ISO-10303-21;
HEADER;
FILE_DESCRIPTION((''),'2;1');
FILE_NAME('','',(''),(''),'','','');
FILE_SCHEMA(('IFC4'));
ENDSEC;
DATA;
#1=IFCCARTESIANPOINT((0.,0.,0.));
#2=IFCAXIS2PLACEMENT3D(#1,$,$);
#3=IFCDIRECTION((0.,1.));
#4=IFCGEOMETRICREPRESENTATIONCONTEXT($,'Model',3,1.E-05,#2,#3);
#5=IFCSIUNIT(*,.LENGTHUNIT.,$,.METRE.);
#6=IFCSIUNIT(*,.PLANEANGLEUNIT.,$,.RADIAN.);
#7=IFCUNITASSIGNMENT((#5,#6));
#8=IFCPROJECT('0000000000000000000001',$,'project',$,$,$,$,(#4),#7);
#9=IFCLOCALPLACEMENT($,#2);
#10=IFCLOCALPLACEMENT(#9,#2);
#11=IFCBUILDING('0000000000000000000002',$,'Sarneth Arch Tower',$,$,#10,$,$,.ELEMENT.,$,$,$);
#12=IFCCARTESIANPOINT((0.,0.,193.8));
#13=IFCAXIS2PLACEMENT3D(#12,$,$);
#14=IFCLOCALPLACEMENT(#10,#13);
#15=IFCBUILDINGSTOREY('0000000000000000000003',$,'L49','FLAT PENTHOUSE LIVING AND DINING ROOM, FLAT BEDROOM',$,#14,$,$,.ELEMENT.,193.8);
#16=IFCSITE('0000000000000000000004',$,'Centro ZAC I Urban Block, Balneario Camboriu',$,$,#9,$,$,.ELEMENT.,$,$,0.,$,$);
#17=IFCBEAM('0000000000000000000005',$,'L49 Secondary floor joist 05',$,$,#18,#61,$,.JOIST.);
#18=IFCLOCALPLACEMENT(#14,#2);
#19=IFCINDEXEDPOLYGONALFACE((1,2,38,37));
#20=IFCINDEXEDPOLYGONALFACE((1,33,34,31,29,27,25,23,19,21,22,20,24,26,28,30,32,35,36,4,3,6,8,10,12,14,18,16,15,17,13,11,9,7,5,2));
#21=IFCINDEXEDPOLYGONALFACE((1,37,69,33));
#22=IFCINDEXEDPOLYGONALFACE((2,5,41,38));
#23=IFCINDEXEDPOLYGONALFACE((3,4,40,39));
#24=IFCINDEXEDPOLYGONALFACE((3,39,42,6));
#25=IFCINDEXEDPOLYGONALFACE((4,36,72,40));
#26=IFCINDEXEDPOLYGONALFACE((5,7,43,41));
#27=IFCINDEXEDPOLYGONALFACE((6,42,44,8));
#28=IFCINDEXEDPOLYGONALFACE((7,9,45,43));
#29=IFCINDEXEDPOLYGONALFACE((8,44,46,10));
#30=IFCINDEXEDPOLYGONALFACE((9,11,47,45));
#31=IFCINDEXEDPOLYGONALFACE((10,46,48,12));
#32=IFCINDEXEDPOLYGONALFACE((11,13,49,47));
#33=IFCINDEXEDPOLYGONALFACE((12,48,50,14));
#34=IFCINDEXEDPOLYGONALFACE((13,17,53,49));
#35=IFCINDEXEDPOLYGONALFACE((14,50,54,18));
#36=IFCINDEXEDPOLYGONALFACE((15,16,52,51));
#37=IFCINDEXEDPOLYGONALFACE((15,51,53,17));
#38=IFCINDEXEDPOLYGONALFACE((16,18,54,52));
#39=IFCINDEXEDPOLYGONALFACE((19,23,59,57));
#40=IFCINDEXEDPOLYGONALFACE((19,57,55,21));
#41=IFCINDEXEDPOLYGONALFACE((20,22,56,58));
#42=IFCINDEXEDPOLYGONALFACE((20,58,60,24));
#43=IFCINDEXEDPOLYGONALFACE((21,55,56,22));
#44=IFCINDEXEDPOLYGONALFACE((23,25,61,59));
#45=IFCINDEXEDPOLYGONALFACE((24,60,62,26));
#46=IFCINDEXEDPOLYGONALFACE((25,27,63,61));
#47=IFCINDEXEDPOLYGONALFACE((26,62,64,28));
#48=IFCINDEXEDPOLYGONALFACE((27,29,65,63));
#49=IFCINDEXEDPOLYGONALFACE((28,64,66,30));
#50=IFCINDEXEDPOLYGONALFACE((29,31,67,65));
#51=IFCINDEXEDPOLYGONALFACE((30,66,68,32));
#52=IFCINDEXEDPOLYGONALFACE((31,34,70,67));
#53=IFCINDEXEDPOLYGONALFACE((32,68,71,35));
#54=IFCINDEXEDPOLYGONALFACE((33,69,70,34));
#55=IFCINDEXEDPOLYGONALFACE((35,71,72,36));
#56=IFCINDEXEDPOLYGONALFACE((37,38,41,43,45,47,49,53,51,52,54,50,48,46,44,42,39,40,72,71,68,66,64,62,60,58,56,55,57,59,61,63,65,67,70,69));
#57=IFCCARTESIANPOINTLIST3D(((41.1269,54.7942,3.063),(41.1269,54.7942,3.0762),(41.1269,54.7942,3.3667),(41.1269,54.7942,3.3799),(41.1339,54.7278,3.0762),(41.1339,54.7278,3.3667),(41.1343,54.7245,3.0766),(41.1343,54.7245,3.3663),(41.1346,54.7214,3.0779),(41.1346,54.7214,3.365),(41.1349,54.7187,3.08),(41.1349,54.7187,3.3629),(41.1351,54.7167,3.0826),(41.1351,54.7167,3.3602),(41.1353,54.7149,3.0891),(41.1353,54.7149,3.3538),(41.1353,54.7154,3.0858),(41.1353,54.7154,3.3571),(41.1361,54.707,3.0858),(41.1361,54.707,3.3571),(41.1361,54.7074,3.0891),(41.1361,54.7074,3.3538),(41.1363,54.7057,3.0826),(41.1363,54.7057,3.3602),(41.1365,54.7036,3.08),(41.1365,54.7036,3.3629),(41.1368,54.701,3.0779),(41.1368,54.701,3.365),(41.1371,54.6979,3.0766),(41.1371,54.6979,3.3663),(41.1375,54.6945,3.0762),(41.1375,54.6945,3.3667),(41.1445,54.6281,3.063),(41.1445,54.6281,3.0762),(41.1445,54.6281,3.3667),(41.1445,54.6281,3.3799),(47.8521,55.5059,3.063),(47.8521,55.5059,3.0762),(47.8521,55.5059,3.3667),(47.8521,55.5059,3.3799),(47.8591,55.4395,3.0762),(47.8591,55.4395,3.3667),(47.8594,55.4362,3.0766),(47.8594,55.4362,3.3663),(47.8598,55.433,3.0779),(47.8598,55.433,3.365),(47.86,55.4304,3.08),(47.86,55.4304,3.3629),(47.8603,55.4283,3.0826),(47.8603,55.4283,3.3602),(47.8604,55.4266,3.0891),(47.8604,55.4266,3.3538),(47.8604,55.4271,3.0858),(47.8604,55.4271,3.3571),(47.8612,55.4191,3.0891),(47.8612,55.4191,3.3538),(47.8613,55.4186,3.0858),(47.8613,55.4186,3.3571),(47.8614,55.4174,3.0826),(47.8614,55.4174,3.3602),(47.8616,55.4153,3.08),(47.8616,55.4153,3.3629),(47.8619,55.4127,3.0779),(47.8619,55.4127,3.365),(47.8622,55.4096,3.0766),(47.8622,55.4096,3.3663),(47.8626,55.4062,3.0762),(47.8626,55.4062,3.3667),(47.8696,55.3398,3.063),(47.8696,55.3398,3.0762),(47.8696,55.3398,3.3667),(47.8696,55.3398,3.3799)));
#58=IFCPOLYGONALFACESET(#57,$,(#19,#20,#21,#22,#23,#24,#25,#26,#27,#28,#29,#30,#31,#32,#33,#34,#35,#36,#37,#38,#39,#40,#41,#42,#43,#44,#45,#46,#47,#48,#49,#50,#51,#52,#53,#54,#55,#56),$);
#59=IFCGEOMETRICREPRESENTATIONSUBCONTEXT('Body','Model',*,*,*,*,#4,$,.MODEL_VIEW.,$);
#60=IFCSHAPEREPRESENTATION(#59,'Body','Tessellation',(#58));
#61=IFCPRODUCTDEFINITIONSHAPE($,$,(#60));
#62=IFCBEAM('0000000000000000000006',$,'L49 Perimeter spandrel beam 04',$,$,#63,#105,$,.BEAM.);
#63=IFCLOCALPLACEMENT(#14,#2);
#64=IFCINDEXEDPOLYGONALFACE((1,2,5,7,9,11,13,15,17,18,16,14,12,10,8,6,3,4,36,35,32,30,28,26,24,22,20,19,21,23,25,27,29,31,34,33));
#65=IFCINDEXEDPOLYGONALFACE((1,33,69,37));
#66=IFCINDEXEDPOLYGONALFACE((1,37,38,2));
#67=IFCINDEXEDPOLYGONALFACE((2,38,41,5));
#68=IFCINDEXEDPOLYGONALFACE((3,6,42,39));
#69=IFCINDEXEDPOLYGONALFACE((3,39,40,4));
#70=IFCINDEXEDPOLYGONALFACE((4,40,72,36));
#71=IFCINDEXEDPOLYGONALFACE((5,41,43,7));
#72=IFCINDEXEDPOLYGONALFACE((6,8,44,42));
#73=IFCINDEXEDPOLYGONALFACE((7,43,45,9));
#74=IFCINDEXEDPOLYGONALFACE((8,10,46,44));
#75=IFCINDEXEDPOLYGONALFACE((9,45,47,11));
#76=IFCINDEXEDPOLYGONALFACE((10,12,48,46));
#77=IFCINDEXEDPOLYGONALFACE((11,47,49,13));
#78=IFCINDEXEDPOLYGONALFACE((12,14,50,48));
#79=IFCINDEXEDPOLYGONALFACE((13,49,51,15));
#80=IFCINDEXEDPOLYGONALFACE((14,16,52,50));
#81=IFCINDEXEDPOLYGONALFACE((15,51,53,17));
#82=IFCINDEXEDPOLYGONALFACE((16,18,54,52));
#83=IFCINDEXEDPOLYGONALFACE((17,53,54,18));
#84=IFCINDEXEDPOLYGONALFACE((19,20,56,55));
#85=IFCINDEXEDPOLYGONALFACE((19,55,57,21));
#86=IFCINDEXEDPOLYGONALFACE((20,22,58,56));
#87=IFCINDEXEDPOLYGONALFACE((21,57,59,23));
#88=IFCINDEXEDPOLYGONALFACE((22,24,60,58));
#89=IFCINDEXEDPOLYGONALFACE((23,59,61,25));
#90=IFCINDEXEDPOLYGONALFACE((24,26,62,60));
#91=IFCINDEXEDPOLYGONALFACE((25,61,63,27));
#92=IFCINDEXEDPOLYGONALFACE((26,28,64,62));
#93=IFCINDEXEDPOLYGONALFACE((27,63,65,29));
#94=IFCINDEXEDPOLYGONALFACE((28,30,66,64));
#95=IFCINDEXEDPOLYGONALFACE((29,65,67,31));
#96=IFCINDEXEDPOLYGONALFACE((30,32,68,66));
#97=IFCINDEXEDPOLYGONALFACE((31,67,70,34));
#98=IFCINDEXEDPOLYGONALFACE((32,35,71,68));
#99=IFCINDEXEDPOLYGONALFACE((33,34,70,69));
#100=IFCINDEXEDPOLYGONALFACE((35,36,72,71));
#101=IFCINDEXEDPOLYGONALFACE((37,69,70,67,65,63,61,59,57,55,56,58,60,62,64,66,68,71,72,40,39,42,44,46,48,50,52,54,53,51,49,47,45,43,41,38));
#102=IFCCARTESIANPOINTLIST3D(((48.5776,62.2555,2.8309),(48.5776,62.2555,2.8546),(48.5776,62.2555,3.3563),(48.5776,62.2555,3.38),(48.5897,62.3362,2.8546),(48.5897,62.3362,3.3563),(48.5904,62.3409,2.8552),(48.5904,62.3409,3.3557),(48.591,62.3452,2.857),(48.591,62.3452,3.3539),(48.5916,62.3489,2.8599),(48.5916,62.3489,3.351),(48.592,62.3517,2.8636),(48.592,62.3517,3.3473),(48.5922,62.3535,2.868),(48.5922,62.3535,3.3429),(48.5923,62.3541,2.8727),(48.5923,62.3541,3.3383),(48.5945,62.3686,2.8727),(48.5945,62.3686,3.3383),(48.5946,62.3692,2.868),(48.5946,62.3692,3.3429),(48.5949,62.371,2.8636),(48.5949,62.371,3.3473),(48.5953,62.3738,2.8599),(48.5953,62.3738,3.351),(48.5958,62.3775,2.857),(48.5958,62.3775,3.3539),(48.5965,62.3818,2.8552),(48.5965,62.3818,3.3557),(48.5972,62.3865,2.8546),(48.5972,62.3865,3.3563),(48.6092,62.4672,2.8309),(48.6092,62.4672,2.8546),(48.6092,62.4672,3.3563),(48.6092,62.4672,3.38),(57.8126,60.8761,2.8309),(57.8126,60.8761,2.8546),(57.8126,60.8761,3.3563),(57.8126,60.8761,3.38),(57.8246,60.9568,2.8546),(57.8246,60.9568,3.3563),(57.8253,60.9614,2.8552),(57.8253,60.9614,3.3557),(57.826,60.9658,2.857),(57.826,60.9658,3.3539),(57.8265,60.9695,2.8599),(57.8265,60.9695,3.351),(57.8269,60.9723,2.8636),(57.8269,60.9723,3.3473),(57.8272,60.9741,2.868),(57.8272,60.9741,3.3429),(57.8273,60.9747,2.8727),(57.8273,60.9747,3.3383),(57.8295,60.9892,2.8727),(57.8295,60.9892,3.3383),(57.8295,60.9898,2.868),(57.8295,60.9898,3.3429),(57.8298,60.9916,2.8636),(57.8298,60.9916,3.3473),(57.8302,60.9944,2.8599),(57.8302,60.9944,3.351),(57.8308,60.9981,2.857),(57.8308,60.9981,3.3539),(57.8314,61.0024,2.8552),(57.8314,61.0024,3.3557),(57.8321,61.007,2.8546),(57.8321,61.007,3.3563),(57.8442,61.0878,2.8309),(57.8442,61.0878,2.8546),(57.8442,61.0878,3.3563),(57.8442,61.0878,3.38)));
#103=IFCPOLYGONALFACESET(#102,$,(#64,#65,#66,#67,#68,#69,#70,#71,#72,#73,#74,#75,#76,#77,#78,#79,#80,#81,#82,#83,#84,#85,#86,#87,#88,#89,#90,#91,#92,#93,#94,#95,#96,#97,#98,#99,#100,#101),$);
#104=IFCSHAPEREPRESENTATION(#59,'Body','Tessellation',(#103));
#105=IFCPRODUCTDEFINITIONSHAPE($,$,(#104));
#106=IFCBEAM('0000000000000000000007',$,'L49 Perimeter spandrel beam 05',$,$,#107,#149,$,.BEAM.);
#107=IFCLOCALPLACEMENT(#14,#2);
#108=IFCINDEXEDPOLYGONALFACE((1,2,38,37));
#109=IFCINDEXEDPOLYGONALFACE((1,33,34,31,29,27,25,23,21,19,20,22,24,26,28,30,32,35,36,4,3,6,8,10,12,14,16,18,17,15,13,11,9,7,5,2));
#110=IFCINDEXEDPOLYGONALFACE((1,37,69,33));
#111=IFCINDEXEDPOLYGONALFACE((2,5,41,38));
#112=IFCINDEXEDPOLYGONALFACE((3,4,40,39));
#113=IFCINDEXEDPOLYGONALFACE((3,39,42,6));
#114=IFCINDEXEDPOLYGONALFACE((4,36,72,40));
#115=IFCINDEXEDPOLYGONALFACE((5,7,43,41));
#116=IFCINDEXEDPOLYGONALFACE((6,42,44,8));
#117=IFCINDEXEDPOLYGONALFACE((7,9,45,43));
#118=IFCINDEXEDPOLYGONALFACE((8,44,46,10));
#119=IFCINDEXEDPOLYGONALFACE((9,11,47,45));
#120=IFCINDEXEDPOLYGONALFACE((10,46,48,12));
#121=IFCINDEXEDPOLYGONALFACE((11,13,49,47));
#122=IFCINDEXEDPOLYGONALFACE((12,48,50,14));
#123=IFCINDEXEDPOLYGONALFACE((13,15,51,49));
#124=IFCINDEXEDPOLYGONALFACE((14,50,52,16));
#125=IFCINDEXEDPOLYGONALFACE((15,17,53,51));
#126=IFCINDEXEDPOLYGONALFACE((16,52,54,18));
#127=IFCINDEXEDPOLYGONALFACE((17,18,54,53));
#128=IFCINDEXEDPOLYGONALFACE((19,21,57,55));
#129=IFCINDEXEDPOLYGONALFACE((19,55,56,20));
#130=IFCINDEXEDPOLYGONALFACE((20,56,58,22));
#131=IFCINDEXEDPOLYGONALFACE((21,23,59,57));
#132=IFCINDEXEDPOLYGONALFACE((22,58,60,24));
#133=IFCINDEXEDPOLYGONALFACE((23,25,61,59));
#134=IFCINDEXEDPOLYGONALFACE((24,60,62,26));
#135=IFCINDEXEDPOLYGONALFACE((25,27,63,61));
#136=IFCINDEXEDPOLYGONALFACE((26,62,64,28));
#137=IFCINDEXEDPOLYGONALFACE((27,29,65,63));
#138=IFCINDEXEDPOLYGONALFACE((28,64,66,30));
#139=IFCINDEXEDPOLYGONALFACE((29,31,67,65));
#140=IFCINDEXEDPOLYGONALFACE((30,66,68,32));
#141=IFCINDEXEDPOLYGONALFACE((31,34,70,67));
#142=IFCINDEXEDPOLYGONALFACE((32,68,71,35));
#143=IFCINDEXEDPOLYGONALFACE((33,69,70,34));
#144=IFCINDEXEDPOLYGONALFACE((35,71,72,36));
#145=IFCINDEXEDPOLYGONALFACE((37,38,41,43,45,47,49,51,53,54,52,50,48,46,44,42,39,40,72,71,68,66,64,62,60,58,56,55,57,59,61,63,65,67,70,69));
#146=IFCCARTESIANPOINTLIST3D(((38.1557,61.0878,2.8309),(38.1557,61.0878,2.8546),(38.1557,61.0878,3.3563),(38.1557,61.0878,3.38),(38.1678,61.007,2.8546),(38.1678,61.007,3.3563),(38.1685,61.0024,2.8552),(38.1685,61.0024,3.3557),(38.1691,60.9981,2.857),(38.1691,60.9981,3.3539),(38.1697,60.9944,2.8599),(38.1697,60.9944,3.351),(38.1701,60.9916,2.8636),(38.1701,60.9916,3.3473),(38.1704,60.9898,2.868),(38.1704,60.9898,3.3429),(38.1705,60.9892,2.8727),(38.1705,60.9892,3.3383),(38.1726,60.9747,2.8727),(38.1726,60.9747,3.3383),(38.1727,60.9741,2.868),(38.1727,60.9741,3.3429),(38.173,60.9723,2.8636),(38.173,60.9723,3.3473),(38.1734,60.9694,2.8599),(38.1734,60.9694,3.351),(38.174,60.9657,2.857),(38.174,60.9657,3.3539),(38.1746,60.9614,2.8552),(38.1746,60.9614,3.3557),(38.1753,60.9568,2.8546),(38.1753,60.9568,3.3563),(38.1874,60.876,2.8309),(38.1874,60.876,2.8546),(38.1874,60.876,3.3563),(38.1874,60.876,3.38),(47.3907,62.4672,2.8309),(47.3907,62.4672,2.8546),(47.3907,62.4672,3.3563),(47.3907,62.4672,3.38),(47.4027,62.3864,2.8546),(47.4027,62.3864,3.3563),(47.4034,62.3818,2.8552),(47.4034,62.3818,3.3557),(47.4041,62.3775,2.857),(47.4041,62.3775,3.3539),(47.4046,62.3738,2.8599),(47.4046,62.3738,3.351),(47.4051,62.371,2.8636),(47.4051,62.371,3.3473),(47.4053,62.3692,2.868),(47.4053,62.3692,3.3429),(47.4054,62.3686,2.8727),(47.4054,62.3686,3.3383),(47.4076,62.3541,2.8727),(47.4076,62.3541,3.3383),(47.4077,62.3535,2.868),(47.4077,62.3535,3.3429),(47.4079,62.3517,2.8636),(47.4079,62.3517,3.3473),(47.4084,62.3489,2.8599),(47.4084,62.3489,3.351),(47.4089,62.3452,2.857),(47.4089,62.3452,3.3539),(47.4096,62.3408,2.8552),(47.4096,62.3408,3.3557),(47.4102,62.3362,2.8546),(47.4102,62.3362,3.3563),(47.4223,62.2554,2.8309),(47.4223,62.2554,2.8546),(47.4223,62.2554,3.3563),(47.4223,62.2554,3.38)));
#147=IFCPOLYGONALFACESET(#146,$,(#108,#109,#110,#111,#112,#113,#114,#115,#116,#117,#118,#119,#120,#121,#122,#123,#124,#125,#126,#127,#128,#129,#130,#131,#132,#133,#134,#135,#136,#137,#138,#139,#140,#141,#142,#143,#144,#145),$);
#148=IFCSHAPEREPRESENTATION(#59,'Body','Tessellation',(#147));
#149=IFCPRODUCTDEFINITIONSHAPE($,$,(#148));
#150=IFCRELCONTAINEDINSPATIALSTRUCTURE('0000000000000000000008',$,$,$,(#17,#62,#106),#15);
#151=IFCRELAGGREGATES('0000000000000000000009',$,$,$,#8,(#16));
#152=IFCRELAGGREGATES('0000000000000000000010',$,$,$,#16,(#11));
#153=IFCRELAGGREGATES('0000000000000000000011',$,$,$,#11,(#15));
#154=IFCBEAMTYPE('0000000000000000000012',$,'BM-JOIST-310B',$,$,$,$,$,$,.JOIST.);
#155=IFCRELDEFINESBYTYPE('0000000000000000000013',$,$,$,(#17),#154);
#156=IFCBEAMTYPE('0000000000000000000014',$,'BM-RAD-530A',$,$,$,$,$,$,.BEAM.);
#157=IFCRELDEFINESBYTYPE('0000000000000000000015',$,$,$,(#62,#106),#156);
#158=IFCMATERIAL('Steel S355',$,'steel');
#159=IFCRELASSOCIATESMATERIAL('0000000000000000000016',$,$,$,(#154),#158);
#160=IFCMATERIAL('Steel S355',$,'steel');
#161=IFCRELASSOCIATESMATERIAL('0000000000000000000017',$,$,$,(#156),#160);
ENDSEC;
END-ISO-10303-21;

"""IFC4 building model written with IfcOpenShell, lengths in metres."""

from ifc_helpers import new_model, si_unit, direction, frame, origin, origin_2d, place, context, subcontext, project, spatial, i_section, extrude, material, material_profile, profile_set, type_object, element, save


model = new_model("IFC4")

# Units and contexts
model_context = context("Model", 3, precision=1e-05, world=origin(), true_north=direction((0.0, 1.0)))
body_context = subcontext(model_context, "Body", "Model", "MODEL_VIEW")
ifc_project = project(units=[si_unit("LENGTHUNIT", "METRE"), si_unit("PLANEANGLEUNIT", "RADIAN")], contexts=[model_context])

# Site, building, storey
site_placement = place(None, origin())
site = spatial("IfcSite", under=ifc_project, at=site_placement, Name="Centro ZAC I Urban Block, Balneario Camboriu", CompositionType="ELEMENT", RefElevation=0.0)
building_placement = place(site_placement, origin())
building = spatial("IfcBuilding", under=site, at=building_placement, Name="Sarneth Arch Tower", CompositionType="ELEMENT")
storey_placement = place(building_placement, frame((0.0, 0.0, 193.8)))
storey = spatial("IfcBuildingStorey", under=building, at=storey_placement, Name="L49", Description="FLAT PENTHOUSE LIVING AND DINING ROOM, FLAT BEDROOM", CompositionType="ELEMENT", Elevation=193.8)

# Beams
ifc_material_1 = material(Name="Steel S355", Category="steel")
ifc_material_profile_1 = material_profile(ifc_material_1, i_section(OverallWidth=0.167, OverallDepth=0.3169, WebThickness=0.0076, FlangeThickness=0.0132, FilletRadius=0.0129, at=origin_2d()), Name="W310x52")
ifc_profile_set_1 = profile_set([ifc_material_profile_1], Name="Steel S355")
beam_type_1 = type_object("IfcBeamType", Name="BM-JOIST-310B", PredefinedType="JOIST", material=ifc_profile_set_1)
beam_placement = place(storey_placement, frame((47.8608, 55.4229, 3.2214), z_axis=(-0.994447, -0.105235, 0.0), x_axis=(0.105235, -0.994447, 0.0)))
element("IfcBeam", 1, at=beam_placement, inside=storey, type_object=beam_type_1, Name="L49 Secondary floor joist 05", PredefinedType="JOIST", context=body_context, shape_type="SweptSolid", body=[
    extrude(i_section(OverallWidth=0.167, OverallDepth=0.3169, WebThickness=0.0076, FlangeThickness=0.0132, FilletRadius=0.0129, at=origin_2d()), origin(), (0.0, 0.0, 1.0), 6.7627),
])
ifc_material_2 = material(Name="Steel S355", Category="steel")
ifc_material_profile_2 = material_profile(ifc_material_2, i_section(OverallWidth=0.2141, OverallDepth=0.5491, WebThickness=0.0146, FlangeThickness=0.0237, FilletRadius=0.0181, at=origin_2d()), Name="W530x138")
ifc_profile_set_2 = profile_set([ifc_material_profile_2], Name="Steel S355")
beam_type_2 = type_object("IfcBeamType", Name="BM-RAD-530A", PredefinedType="BEAM", material=ifc_profile_set_2)
for number, where, z_axis, x_axis, name in (
    (2, (57.8284, 60.9819, 3.1055), (-0.989028, 0.147729, 0.0), (-0.147729, -0.989028, 0.0), "L49 Perimeter spandrel beam 04"),
    (3, (47.4065, 62.3613, 3.1055), (-0.989028, -0.147729, 0.0), (0.147729, -0.989028, 0.0), "L49 Perimeter spandrel beam 05"),
):
    element("IfcBeam", number, at=place(storey_placement, frame(where, z_axis=z_axis, x_axis=x_axis)), inside=storey, type_object=beam_type_2, Name=name, PredefinedType="BEAM", context=body_context, shape_type="SweptSolid", body=[
        extrude(i_section(OverallWidth=0.2141, OverallDepth=0.5491, WebThickness=0.0146, FlangeThickness=0.0237, FilletRadius=0.0181, at=origin_2d()), origin(), (0.0, 0.0, 1.0), 9.3374),
    ])

save(model, "model.ifc")
